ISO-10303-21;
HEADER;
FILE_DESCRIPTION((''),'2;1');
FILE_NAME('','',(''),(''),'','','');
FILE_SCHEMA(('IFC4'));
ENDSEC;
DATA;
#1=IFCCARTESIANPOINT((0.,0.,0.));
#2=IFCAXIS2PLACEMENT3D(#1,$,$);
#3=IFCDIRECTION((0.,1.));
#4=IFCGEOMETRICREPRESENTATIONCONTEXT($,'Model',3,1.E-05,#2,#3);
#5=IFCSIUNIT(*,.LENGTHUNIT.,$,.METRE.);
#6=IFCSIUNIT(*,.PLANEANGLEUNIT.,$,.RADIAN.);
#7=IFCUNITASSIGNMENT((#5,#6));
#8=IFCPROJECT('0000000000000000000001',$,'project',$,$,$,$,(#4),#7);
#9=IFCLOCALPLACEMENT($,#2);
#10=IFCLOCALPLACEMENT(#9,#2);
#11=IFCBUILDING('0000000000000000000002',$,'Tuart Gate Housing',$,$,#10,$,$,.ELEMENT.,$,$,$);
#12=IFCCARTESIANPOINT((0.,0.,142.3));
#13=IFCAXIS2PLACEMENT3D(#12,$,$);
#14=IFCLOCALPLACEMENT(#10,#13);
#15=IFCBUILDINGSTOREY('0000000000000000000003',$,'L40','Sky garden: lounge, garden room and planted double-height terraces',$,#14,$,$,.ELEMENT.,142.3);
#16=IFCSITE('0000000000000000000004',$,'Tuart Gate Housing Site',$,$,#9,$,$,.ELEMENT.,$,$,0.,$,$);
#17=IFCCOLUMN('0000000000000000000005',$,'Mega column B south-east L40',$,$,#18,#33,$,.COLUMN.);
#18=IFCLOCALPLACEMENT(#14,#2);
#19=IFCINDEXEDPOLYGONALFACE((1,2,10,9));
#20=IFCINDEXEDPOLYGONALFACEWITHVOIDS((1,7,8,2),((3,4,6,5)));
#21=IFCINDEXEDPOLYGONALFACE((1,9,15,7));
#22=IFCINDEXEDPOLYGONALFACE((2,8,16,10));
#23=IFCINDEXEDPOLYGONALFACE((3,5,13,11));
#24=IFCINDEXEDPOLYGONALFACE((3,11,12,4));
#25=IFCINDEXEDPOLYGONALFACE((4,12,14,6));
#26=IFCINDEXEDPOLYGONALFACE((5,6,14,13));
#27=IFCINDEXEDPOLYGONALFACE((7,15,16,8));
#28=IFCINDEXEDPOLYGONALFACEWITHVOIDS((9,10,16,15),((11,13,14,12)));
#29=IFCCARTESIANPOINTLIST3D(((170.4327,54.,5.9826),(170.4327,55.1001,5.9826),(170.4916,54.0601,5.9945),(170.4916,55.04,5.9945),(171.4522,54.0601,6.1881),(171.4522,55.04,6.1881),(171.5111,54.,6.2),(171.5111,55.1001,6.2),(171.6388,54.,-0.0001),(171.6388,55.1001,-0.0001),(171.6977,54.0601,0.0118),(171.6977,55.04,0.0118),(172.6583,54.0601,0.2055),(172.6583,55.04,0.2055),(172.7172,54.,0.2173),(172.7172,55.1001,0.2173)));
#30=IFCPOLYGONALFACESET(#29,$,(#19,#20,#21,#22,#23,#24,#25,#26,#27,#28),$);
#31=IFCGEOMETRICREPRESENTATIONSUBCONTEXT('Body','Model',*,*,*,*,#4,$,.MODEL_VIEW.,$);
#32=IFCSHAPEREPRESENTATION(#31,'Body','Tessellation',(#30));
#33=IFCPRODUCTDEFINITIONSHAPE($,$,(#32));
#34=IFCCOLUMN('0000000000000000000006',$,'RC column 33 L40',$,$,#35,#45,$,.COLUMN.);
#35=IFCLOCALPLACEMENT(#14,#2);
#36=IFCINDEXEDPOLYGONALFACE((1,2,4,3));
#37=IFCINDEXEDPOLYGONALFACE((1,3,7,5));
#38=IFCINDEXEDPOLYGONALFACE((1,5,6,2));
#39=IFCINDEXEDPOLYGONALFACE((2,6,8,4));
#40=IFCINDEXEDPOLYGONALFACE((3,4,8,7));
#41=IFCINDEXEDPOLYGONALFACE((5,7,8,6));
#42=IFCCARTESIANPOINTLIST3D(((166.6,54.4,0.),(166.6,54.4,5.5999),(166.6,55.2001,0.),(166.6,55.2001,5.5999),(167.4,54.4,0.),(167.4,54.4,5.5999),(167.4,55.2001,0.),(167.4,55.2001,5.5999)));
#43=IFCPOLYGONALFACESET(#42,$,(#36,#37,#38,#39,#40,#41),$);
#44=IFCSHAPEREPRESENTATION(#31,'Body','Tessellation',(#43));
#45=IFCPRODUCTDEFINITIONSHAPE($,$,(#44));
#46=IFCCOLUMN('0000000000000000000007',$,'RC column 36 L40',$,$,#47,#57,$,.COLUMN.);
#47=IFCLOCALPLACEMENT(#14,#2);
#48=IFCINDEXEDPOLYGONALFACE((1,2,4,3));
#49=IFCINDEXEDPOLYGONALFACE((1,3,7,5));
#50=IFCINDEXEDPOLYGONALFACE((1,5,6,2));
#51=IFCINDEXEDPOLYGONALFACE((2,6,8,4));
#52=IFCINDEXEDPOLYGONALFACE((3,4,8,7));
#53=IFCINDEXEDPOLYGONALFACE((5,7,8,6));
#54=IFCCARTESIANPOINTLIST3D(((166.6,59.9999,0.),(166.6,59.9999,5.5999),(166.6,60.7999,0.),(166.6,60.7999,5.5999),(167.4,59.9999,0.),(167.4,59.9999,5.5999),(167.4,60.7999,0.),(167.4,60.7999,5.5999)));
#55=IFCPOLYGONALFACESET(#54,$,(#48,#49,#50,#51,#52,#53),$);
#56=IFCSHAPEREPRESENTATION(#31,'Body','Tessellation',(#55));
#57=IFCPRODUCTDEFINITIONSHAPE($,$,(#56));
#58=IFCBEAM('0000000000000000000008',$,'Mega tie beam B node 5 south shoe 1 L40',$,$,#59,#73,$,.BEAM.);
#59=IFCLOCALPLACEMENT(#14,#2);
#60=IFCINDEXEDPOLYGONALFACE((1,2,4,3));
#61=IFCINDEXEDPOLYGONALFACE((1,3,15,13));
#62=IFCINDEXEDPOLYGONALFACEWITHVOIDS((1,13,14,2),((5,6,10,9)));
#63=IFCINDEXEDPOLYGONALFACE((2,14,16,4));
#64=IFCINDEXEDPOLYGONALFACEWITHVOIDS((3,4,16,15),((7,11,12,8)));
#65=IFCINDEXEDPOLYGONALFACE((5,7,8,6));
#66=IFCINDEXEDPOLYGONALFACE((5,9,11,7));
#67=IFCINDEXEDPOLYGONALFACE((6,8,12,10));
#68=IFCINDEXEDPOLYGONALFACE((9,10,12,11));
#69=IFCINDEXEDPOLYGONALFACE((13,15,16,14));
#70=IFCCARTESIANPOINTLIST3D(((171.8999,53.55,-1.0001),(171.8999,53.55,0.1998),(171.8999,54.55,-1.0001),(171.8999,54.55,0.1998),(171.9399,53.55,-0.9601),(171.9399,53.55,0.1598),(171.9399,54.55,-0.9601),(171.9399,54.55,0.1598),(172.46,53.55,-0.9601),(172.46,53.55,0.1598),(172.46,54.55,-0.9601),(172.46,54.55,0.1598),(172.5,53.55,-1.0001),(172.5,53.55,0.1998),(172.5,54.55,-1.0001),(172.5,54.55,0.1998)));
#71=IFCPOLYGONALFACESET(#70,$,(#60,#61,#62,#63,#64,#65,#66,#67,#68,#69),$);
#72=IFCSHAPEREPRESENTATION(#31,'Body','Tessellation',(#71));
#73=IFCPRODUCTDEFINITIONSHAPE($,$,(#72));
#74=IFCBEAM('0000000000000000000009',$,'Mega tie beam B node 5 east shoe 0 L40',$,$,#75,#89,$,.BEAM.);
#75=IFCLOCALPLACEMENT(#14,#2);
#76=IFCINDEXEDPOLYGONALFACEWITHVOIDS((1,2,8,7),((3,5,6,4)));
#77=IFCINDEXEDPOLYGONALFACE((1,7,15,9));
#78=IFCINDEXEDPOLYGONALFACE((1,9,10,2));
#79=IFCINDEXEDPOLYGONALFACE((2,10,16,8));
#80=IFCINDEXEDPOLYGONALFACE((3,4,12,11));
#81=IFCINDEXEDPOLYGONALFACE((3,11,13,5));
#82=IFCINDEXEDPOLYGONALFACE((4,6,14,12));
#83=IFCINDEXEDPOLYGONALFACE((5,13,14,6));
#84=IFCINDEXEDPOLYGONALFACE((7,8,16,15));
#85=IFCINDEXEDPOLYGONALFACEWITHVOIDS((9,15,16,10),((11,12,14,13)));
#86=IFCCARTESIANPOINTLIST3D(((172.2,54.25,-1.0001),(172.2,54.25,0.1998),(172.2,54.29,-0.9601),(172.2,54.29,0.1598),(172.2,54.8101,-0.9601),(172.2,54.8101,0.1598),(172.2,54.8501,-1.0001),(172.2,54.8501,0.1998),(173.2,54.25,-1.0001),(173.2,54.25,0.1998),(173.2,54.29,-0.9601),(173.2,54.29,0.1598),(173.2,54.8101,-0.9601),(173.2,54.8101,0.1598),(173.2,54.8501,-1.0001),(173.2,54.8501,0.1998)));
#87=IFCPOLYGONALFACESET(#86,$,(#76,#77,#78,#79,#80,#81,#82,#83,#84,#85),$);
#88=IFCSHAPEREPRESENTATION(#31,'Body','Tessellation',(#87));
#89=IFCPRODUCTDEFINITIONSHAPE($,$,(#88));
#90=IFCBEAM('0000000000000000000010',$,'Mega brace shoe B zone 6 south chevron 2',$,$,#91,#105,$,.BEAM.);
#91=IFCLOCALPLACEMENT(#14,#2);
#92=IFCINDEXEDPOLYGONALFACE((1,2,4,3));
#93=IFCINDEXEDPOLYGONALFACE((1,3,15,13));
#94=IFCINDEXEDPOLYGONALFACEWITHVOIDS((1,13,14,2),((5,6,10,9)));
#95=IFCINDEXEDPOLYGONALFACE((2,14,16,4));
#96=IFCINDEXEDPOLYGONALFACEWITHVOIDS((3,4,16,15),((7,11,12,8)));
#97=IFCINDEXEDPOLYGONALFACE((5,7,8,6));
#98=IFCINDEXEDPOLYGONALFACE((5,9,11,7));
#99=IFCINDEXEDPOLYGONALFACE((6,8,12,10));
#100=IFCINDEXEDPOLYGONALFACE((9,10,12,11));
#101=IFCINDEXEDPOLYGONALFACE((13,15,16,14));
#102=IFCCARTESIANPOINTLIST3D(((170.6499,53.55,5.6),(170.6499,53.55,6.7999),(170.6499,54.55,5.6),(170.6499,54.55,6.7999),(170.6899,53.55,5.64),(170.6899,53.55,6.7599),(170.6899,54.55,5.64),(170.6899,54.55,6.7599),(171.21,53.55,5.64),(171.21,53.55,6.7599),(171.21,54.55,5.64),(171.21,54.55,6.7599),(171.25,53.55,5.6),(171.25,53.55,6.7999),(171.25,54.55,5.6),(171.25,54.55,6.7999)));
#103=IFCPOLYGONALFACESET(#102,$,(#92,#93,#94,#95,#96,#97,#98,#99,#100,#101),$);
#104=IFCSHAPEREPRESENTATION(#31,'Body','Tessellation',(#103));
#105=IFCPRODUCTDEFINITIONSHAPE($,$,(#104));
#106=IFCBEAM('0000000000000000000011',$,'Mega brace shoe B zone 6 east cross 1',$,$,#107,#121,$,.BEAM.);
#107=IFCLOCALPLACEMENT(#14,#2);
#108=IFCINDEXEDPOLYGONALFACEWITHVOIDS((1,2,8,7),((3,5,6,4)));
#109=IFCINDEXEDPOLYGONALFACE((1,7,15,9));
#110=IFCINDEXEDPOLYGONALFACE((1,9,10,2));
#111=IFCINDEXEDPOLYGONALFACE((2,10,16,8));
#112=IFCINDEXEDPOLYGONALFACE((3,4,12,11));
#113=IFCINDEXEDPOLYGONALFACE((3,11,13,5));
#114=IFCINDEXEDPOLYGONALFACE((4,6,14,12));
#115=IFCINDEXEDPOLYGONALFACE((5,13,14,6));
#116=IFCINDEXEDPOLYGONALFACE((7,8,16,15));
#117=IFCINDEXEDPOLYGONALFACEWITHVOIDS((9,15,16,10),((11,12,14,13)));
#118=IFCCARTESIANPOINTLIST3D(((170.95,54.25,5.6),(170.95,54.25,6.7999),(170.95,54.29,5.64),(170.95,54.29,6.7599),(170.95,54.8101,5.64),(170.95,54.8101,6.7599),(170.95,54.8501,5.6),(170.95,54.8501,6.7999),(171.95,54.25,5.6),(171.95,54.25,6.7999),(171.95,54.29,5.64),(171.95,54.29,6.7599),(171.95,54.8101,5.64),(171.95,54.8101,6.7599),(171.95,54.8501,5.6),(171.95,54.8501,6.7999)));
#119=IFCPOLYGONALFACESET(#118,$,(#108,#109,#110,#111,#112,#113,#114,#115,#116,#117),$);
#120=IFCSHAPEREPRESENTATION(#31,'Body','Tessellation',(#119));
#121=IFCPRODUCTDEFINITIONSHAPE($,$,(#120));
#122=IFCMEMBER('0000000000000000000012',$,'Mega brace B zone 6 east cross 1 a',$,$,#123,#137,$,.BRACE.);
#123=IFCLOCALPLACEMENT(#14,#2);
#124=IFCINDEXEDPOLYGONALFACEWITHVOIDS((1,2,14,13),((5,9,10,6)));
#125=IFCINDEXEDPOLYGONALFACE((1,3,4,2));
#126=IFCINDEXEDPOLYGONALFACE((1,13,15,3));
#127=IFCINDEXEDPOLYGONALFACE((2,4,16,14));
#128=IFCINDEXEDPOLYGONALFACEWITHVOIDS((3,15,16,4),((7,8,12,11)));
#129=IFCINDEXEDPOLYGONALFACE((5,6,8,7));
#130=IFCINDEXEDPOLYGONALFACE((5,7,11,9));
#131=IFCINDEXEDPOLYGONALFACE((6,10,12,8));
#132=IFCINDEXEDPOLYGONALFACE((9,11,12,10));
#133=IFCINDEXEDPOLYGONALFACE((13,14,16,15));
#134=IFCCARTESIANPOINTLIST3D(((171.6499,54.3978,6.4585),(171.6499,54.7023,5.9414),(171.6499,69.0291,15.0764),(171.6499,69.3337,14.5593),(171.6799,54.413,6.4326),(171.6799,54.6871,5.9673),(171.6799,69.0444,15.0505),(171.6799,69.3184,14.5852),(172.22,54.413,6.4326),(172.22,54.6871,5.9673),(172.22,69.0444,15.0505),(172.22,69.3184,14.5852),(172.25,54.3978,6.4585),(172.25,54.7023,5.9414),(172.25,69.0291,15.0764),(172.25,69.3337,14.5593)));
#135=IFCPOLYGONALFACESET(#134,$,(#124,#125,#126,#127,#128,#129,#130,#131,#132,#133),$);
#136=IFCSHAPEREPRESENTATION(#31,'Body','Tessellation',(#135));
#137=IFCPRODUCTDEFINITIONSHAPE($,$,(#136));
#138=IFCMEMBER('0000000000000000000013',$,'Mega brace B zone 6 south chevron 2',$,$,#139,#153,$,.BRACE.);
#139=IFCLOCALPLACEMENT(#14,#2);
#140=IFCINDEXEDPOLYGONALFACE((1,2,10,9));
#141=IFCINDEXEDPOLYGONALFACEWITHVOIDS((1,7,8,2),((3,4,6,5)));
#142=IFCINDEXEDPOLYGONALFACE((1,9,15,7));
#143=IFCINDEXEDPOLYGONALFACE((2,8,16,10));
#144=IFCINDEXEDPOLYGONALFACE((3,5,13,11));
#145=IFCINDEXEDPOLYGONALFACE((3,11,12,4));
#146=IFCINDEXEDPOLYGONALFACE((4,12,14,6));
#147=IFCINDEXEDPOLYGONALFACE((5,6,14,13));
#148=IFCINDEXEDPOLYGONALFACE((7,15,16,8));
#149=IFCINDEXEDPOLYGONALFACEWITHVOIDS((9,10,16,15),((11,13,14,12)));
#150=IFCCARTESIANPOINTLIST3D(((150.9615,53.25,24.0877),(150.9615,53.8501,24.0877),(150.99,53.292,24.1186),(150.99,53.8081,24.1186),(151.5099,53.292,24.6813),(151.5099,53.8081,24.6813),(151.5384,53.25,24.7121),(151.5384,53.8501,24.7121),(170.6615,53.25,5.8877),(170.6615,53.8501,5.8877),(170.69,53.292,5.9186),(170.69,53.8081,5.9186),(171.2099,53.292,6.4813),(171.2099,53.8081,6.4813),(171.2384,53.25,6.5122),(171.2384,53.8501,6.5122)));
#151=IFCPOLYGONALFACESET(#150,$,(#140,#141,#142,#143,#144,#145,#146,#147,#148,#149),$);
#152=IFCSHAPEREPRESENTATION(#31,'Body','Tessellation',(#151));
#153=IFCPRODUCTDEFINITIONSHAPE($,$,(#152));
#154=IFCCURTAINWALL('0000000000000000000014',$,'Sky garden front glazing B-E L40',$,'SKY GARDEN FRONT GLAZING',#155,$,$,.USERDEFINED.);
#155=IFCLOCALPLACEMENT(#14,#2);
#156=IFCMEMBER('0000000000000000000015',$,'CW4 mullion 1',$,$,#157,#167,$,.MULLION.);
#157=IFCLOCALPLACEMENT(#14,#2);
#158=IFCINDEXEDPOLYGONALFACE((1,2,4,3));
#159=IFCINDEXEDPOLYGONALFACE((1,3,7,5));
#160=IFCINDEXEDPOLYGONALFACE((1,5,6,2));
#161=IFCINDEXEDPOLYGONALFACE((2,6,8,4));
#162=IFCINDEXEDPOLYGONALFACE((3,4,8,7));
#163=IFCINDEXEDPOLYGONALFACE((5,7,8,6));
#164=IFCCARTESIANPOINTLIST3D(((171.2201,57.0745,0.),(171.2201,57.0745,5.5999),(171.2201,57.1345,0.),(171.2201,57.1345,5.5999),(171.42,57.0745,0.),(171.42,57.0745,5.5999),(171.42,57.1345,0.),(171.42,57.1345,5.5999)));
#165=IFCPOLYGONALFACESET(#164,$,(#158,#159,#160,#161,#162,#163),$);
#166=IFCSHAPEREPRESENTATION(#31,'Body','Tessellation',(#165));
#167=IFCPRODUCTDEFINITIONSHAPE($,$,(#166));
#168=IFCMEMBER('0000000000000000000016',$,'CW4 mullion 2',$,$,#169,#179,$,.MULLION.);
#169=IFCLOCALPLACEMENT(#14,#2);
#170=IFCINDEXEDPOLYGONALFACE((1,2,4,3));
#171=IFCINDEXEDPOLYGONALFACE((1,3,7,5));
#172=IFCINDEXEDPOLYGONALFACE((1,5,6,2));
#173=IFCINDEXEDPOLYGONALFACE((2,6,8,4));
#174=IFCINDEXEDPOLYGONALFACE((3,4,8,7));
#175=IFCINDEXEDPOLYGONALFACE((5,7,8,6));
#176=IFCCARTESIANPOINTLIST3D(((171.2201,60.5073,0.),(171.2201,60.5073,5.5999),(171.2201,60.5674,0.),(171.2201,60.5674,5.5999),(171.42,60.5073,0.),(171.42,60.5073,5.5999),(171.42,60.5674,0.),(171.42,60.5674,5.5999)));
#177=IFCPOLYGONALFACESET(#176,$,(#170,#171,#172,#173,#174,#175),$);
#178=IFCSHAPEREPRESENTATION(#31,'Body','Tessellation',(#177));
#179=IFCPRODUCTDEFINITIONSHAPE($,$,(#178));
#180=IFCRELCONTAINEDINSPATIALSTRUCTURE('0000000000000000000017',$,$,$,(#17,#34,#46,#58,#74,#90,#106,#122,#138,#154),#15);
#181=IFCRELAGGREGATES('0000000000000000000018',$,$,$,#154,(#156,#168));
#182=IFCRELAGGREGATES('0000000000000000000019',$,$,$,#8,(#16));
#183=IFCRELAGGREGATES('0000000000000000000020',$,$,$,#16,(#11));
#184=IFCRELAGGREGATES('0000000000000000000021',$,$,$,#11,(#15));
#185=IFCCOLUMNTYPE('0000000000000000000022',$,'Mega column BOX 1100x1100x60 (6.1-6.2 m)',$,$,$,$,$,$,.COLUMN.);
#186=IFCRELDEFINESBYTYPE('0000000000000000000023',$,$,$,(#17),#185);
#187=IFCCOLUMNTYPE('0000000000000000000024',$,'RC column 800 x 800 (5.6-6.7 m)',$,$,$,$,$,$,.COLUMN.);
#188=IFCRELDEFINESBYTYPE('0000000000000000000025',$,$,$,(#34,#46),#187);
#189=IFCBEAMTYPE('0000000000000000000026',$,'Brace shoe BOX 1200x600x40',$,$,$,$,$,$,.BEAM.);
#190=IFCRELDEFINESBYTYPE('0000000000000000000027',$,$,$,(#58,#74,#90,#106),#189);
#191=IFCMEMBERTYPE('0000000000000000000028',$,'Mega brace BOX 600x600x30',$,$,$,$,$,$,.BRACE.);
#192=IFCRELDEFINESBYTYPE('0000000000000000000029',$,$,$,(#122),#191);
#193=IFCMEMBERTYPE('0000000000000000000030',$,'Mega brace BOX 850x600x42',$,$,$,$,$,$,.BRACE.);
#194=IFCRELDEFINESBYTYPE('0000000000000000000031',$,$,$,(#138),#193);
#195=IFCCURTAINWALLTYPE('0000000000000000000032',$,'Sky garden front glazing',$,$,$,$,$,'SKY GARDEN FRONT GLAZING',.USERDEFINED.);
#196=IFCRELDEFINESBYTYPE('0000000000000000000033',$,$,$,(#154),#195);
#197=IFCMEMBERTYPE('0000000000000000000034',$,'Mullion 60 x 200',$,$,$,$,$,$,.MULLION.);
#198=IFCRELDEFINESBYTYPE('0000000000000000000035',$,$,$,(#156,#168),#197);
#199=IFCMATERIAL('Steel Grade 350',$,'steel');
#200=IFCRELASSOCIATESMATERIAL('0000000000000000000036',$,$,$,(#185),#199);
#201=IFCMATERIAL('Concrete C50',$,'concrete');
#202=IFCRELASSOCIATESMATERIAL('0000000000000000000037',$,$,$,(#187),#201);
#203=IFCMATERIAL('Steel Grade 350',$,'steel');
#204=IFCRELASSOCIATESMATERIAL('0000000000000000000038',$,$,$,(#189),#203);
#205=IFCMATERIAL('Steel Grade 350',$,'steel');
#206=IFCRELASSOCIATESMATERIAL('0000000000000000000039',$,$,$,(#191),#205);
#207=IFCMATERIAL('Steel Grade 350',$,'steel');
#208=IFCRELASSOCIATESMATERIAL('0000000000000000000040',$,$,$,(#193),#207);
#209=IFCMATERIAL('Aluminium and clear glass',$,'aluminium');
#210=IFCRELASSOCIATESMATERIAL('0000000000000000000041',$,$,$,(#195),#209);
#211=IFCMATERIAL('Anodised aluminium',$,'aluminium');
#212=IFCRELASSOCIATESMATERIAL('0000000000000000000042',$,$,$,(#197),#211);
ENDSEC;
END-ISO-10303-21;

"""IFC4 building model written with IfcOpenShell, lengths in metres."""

from ifc_helpers import new_model, si_unit, direction, frame, origin, origin_2d, place, context, subcontext, project, spatial, rectangle, hollow_rectangle, extrude, material, material_profile, profile_set, type_object, element, aggregate, save


model = new_model("IFC4")

# Units and contexts
model_context = context("Model", 3, precision=1e-05, world=origin(), true_north=direction((0.0, 1.0)))
body_context = subcontext(model_context, "Body", "Model", "MODEL_VIEW")
ifc_project = project(units=[si_unit("LENGTHUNIT", "METRE"), si_unit("PLANEANGLEUNIT", "RADIAN")], contexts=[model_context])

# Site, building, storey
site_placement = place(None, origin())
site = spatial("IfcSite", under=ifc_project, at=site_placement, Name="Tuart Gate Housing Site", CompositionType="ELEMENT", RefElevation=0.0)
building_placement = place(site_placement, origin())
building = spatial("IfcBuilding", under=site, at=building_placement, Name="Tuart Gate Housing", CompositionType="ELEMENT")
storey_placement = place(building_placement, frame((0.0, 0.0, 142.3)))
storey = spatial("IfcBuildingStorey", under=building, at=storey_placement, Name="L40", Description="Sky garden: lounge, garden room and planted double-height terraces", CompositionType="ELEMENT", Elevation=142.3)

# Columns
ifc_material_1 = material(Name="Steel Grade 350", Category="steel")
ifc_material_profile_1 = material_profile(ifc_material_1, hollow_rectangle(XDim=1.1001, YDim=1.1001, WallThickness=0.0601, at=origin_2d()), Name="BOX 1100x1100x60")
ifc_profile_set_1 = profile_set([ifc_material_profile_1], Name="Steel Grade 350")
column_type_1 = type_object("IfcColumnType", Name="Mega column BOX 1100x1100x60 (6.1-6.2 m)", PredefinedType="COLUMN", material=ifc_profile_set_1)
column_placement = place(storey_placement, frame((172.178, 54.55, 0.1086), z_axis=(-0.197616, 0.0, 0.98028), x_axis=(0.0, -1.0, 0.0)))
element("IfcColumn", 1, at=column_placement, inside=storey, type_object=column_type_1, Name="Mega column B south-east L40", PredefinedType="COLUMN", context=body_context, shape_type="SweptSolid", body=[
    extrude(hollow_rectangle(XDim=1.1001, YDim=1.1001, WallThickness=0.0601, at=origin_2d()), origin(), (0.0, 0.0, 1.0), 6.103),
])
ifc_material_2 = material(Name="Concrete C50", Category="concrete")
ifc_material_profile_2 = material_profile(ifc_material_2, rectangle(XDim=0.8, YDim=0.8, at=origin_2d()), Name="RC column 800 x 800 (5.6-6.7 m)")
ifc_profile_set_2 = profile_set([ifc_material_profile_2], Name="Concrete C50")
column_type_2 = type_object("IfcColumnType", Name="RC column 800 x 800 (5.6-6.7 m)", PredefinedType="COLUMN", material=ifc_profile_set_2)
for number, where, z_axis, x_axis, name in (
    (2, (167.0, 54.8, 0.0), (0.0, 0.0, 1.0), (1.0, 0.0, 0.0), "RC column 33 L40"),
    (3, (167.0, 60.3999, 0.0), (0.0, 0.0, 1.0), (1.0, 0.0, 0.0), "RC column 36 L40"),
):
    element("IfcColumn", number, at=place(storey_placement, frame(where, z_axis=z_axis, x_axis=x_axis)), inside=storey, type_object=column_type_2, Name=name, PredefinedType="COLUMN", context=body_context, shape_type="SweptSolid", body=[
        extrude(rectangle(XDim=0.8, YDim=0.8, at=origin_2d()), origin(), (0.0, 0.0, 1.0), 5.5999),
    ])

# Beams
ifc_material_3 = material(Name="Steel Grade 350", Category="steel")
ifc_material_profile_3 = material_profile(ifc_material_3, hollow_rectangle(XDim=0.6001, YDim=1.2, WallThickness=0.04, at=origin_2d()), Name="BOX 1200x600x40")
ifc_profile_set_3 = profile_set([ifc_material_profile_3], Name="Steel Grade 350")
beam_type_1 = type_object("IfcBeamType", Name="Brace shoe BOX 1200x600x40", PredefinedType="BEAM", material=ifc_profile_set_3)
for number, where, z_axis, x_axis, name in (
    (4, (172.2, 54.55, -0.4001), (0.0, -1.0, 0.0), (1.0, 0.0, 0.0), "Mega tie beam B node 5 south shoe 1 L40"),
    (5, (172.2, 54.55, -0.4001), (1.0, 0.0, 0.0), (0.0, 1.0, 0.0), "Mega tie beam B node 5 east shoe 0 L40"),
    (6, (170.95, 54.55, 6.2), (0.0, -1.0, 0.0), (1.0, 0.0, 0.0), "Mega brace shoe B zone 6 south chevron 2"),
    (7, (170.95, 54.55, 6.2), (1.0, 0.0, 0.0), (0.0, 1.0, 0.0), "Mega brace shoe B zone 6 east cross 1"),
):
    element("IfcBeam", number, at=place(storey_placement, frame(where, z_axis=z_axis, x_axis=x_axis)), inside=storey, type_object=beam_type_1, Name=name, PredefinedType="BEAM", context=body_context, shape_type="SweptSolid", body=[
        extrude(hollow_rectangle(XDim=0.6001, YDim=1.2, WallThickness=0.04, at=origin_2d()), origin(), (0.0, 0.0, 1.0), 1.0),
    ])

# Members
ifc_material_4 = material(Name="Steel Grade 350", Category="steel")
ifc_material_profile_4 = material_profile(ifc_material_4, hollow_rectangle(XDim=0.6001, YDim=0.6001, WallThickness=0.03, at=origin_2d()), Name="BOX 600x600x30")
ifc_profile_set_4 = profile_set([ifc_material_profile_4], Name="Steel Grade 350")
member_type_1 = type_object("IfcMemberType", Name="Mega brace BOX 600x600x30", PredefinedType="BRACE", material=ifc_profile_set_4)
member_1_placement = place(storey_placement, frame((171.95, 54.55, 6.2), z_axis=(0.0, 0.861645, 0.507512), x_axis=(-1.0, 0.0, 0.0)))
element("IfcMember", 8, at=member_1_placement, inside=storey, type_object=member_type_1, Name="Mega brace B zone 6 east cross 1 a", PredefinedType="BRACE", context=body_context, shape_type="SweptSolid", body=[
    extrude(hollow_rectangle(XDim=0.6001, YDim=0.6001, WallThickness=0.03, at=origin_2d()), origin(), (0.0, 0.0, 1.0), 16.9807),
])
ifc_material_5 = material(Name="Steel Grade 350", Category="steel")
ifc_material_profile_5 = material_profile(ifc_material_5, hollow_rectangle(XDim=0.6001, YDim=0.8501, WallThickness=0.042, at=origin_2d()), Name="BOX 850x600x42")
ifc_profile_set_5 = profile_set([ifc_material_profile_5], Name="Steel Grade 350")
member_type_2 = type_object("IfcMemberType", Name="Mega brace BOX 850x600x42", PredefinedType="BRACE", material=ifc_profile_set_5)
member_2_placement = place(storey_placement, frame((170.95, 53.55, 6.2), z_axis=(-0.734518, 0.0, 0.67859), x_axis=(0.0, -1.0, 0.0)))
element("IfcMember", 9, at=member_2_placement, inside=storey, type_object=member_type_2, Name="Mega brace B zone 6 south chevron 2", PredefinedType="BRACE", context=body_context, shape_type="SweptSolid", body=[
    extrude(hollow_rectangle(XDim=0.6001, YDim=0.8501, WallThickness=0.042, at=origin_2d()), origin(), (0.0, 0.0, 1.0), 26.8203),
])

# Curtain wall, members
ifc_material_6 = material(Name="Aluminium and clear glass", Category="aluminium")
curtain_wall_type = type_object("IfcCurtainWallType", Name="Sky garden front glazing", ElementType="SKY GARDEN FRONT GLAZING", PredefinedType="USERDEFINED", material=ifc_material_6)
curtain_wall_placement = place(storey_placement, origin())
curtain_wall = element("IfcCurtainWall", 10, at=curtain_wall_placement, inside=storey, type_object=curtain_wall_type, Name="Sky garden front glazing B-E L40", ObjectType="SKY GARDEN FRONT GLAZING", PredefinedType="USERDEFINED")
ifc_material_7 = material(Name="Anodised aluminium", Category="aluminium")
ifc_material_profile_6 = material_profile(ifc_material_7, rectangle(XDim=0.0601, YDim=0.2, at=origin_2d()), Name="60x200")
ifc_profile_set_6 = profile_set([ifc_material_profile_6], Name="Anodised aluminium")
member_type_3 = type_object("IfcMemberType", Name="Mullion 60 x 200", PredefinedType="MULLION", material=ifc_profile_set_6)
member_3_placement = place(storey_placement, frame((171.3201, 57.1045, 0.0), z_axis=(0.0, 0.0, 1.0), x_axis=(0.0, 1.0, 0.0)))
member_3 = element("IfcMember", 11, at=member_3_placement, type_object=member_type_3, Name="CW4 mullion 1", PredefinedType="MULLION", context=body_context, shape_type="SweptSolid", body=[
    extrude(rectangle(XDim=0.0601, YDim=0.2, at=origin_2d()), origin(), (0.0, 0.0, 1.0), 5.5999),
])
member_4_placement = place(storey_placement, frame((171.3201, 60.5374, 0.0), z_axis=(0.0, 0.0, 1.0), x_axis=(0.0, 1.0, 0.0)))
member_4 = element("IfcMember", 12, at=member_4_placement, type_object=member_type_3, Name="CW4 mullion 2", PredefinedType="MULLION", context=body_context, shape_type="SweptSolid", body=[
    extrude(rectangle(XDim=0.0601, YDim=0.2, at=origin_2d()), origin(), (0.0, 0.0, 1.0), 5.5999),
])

aggregate(curtain_wall, [member_3, member_4])

save(model, "model.ifc")
